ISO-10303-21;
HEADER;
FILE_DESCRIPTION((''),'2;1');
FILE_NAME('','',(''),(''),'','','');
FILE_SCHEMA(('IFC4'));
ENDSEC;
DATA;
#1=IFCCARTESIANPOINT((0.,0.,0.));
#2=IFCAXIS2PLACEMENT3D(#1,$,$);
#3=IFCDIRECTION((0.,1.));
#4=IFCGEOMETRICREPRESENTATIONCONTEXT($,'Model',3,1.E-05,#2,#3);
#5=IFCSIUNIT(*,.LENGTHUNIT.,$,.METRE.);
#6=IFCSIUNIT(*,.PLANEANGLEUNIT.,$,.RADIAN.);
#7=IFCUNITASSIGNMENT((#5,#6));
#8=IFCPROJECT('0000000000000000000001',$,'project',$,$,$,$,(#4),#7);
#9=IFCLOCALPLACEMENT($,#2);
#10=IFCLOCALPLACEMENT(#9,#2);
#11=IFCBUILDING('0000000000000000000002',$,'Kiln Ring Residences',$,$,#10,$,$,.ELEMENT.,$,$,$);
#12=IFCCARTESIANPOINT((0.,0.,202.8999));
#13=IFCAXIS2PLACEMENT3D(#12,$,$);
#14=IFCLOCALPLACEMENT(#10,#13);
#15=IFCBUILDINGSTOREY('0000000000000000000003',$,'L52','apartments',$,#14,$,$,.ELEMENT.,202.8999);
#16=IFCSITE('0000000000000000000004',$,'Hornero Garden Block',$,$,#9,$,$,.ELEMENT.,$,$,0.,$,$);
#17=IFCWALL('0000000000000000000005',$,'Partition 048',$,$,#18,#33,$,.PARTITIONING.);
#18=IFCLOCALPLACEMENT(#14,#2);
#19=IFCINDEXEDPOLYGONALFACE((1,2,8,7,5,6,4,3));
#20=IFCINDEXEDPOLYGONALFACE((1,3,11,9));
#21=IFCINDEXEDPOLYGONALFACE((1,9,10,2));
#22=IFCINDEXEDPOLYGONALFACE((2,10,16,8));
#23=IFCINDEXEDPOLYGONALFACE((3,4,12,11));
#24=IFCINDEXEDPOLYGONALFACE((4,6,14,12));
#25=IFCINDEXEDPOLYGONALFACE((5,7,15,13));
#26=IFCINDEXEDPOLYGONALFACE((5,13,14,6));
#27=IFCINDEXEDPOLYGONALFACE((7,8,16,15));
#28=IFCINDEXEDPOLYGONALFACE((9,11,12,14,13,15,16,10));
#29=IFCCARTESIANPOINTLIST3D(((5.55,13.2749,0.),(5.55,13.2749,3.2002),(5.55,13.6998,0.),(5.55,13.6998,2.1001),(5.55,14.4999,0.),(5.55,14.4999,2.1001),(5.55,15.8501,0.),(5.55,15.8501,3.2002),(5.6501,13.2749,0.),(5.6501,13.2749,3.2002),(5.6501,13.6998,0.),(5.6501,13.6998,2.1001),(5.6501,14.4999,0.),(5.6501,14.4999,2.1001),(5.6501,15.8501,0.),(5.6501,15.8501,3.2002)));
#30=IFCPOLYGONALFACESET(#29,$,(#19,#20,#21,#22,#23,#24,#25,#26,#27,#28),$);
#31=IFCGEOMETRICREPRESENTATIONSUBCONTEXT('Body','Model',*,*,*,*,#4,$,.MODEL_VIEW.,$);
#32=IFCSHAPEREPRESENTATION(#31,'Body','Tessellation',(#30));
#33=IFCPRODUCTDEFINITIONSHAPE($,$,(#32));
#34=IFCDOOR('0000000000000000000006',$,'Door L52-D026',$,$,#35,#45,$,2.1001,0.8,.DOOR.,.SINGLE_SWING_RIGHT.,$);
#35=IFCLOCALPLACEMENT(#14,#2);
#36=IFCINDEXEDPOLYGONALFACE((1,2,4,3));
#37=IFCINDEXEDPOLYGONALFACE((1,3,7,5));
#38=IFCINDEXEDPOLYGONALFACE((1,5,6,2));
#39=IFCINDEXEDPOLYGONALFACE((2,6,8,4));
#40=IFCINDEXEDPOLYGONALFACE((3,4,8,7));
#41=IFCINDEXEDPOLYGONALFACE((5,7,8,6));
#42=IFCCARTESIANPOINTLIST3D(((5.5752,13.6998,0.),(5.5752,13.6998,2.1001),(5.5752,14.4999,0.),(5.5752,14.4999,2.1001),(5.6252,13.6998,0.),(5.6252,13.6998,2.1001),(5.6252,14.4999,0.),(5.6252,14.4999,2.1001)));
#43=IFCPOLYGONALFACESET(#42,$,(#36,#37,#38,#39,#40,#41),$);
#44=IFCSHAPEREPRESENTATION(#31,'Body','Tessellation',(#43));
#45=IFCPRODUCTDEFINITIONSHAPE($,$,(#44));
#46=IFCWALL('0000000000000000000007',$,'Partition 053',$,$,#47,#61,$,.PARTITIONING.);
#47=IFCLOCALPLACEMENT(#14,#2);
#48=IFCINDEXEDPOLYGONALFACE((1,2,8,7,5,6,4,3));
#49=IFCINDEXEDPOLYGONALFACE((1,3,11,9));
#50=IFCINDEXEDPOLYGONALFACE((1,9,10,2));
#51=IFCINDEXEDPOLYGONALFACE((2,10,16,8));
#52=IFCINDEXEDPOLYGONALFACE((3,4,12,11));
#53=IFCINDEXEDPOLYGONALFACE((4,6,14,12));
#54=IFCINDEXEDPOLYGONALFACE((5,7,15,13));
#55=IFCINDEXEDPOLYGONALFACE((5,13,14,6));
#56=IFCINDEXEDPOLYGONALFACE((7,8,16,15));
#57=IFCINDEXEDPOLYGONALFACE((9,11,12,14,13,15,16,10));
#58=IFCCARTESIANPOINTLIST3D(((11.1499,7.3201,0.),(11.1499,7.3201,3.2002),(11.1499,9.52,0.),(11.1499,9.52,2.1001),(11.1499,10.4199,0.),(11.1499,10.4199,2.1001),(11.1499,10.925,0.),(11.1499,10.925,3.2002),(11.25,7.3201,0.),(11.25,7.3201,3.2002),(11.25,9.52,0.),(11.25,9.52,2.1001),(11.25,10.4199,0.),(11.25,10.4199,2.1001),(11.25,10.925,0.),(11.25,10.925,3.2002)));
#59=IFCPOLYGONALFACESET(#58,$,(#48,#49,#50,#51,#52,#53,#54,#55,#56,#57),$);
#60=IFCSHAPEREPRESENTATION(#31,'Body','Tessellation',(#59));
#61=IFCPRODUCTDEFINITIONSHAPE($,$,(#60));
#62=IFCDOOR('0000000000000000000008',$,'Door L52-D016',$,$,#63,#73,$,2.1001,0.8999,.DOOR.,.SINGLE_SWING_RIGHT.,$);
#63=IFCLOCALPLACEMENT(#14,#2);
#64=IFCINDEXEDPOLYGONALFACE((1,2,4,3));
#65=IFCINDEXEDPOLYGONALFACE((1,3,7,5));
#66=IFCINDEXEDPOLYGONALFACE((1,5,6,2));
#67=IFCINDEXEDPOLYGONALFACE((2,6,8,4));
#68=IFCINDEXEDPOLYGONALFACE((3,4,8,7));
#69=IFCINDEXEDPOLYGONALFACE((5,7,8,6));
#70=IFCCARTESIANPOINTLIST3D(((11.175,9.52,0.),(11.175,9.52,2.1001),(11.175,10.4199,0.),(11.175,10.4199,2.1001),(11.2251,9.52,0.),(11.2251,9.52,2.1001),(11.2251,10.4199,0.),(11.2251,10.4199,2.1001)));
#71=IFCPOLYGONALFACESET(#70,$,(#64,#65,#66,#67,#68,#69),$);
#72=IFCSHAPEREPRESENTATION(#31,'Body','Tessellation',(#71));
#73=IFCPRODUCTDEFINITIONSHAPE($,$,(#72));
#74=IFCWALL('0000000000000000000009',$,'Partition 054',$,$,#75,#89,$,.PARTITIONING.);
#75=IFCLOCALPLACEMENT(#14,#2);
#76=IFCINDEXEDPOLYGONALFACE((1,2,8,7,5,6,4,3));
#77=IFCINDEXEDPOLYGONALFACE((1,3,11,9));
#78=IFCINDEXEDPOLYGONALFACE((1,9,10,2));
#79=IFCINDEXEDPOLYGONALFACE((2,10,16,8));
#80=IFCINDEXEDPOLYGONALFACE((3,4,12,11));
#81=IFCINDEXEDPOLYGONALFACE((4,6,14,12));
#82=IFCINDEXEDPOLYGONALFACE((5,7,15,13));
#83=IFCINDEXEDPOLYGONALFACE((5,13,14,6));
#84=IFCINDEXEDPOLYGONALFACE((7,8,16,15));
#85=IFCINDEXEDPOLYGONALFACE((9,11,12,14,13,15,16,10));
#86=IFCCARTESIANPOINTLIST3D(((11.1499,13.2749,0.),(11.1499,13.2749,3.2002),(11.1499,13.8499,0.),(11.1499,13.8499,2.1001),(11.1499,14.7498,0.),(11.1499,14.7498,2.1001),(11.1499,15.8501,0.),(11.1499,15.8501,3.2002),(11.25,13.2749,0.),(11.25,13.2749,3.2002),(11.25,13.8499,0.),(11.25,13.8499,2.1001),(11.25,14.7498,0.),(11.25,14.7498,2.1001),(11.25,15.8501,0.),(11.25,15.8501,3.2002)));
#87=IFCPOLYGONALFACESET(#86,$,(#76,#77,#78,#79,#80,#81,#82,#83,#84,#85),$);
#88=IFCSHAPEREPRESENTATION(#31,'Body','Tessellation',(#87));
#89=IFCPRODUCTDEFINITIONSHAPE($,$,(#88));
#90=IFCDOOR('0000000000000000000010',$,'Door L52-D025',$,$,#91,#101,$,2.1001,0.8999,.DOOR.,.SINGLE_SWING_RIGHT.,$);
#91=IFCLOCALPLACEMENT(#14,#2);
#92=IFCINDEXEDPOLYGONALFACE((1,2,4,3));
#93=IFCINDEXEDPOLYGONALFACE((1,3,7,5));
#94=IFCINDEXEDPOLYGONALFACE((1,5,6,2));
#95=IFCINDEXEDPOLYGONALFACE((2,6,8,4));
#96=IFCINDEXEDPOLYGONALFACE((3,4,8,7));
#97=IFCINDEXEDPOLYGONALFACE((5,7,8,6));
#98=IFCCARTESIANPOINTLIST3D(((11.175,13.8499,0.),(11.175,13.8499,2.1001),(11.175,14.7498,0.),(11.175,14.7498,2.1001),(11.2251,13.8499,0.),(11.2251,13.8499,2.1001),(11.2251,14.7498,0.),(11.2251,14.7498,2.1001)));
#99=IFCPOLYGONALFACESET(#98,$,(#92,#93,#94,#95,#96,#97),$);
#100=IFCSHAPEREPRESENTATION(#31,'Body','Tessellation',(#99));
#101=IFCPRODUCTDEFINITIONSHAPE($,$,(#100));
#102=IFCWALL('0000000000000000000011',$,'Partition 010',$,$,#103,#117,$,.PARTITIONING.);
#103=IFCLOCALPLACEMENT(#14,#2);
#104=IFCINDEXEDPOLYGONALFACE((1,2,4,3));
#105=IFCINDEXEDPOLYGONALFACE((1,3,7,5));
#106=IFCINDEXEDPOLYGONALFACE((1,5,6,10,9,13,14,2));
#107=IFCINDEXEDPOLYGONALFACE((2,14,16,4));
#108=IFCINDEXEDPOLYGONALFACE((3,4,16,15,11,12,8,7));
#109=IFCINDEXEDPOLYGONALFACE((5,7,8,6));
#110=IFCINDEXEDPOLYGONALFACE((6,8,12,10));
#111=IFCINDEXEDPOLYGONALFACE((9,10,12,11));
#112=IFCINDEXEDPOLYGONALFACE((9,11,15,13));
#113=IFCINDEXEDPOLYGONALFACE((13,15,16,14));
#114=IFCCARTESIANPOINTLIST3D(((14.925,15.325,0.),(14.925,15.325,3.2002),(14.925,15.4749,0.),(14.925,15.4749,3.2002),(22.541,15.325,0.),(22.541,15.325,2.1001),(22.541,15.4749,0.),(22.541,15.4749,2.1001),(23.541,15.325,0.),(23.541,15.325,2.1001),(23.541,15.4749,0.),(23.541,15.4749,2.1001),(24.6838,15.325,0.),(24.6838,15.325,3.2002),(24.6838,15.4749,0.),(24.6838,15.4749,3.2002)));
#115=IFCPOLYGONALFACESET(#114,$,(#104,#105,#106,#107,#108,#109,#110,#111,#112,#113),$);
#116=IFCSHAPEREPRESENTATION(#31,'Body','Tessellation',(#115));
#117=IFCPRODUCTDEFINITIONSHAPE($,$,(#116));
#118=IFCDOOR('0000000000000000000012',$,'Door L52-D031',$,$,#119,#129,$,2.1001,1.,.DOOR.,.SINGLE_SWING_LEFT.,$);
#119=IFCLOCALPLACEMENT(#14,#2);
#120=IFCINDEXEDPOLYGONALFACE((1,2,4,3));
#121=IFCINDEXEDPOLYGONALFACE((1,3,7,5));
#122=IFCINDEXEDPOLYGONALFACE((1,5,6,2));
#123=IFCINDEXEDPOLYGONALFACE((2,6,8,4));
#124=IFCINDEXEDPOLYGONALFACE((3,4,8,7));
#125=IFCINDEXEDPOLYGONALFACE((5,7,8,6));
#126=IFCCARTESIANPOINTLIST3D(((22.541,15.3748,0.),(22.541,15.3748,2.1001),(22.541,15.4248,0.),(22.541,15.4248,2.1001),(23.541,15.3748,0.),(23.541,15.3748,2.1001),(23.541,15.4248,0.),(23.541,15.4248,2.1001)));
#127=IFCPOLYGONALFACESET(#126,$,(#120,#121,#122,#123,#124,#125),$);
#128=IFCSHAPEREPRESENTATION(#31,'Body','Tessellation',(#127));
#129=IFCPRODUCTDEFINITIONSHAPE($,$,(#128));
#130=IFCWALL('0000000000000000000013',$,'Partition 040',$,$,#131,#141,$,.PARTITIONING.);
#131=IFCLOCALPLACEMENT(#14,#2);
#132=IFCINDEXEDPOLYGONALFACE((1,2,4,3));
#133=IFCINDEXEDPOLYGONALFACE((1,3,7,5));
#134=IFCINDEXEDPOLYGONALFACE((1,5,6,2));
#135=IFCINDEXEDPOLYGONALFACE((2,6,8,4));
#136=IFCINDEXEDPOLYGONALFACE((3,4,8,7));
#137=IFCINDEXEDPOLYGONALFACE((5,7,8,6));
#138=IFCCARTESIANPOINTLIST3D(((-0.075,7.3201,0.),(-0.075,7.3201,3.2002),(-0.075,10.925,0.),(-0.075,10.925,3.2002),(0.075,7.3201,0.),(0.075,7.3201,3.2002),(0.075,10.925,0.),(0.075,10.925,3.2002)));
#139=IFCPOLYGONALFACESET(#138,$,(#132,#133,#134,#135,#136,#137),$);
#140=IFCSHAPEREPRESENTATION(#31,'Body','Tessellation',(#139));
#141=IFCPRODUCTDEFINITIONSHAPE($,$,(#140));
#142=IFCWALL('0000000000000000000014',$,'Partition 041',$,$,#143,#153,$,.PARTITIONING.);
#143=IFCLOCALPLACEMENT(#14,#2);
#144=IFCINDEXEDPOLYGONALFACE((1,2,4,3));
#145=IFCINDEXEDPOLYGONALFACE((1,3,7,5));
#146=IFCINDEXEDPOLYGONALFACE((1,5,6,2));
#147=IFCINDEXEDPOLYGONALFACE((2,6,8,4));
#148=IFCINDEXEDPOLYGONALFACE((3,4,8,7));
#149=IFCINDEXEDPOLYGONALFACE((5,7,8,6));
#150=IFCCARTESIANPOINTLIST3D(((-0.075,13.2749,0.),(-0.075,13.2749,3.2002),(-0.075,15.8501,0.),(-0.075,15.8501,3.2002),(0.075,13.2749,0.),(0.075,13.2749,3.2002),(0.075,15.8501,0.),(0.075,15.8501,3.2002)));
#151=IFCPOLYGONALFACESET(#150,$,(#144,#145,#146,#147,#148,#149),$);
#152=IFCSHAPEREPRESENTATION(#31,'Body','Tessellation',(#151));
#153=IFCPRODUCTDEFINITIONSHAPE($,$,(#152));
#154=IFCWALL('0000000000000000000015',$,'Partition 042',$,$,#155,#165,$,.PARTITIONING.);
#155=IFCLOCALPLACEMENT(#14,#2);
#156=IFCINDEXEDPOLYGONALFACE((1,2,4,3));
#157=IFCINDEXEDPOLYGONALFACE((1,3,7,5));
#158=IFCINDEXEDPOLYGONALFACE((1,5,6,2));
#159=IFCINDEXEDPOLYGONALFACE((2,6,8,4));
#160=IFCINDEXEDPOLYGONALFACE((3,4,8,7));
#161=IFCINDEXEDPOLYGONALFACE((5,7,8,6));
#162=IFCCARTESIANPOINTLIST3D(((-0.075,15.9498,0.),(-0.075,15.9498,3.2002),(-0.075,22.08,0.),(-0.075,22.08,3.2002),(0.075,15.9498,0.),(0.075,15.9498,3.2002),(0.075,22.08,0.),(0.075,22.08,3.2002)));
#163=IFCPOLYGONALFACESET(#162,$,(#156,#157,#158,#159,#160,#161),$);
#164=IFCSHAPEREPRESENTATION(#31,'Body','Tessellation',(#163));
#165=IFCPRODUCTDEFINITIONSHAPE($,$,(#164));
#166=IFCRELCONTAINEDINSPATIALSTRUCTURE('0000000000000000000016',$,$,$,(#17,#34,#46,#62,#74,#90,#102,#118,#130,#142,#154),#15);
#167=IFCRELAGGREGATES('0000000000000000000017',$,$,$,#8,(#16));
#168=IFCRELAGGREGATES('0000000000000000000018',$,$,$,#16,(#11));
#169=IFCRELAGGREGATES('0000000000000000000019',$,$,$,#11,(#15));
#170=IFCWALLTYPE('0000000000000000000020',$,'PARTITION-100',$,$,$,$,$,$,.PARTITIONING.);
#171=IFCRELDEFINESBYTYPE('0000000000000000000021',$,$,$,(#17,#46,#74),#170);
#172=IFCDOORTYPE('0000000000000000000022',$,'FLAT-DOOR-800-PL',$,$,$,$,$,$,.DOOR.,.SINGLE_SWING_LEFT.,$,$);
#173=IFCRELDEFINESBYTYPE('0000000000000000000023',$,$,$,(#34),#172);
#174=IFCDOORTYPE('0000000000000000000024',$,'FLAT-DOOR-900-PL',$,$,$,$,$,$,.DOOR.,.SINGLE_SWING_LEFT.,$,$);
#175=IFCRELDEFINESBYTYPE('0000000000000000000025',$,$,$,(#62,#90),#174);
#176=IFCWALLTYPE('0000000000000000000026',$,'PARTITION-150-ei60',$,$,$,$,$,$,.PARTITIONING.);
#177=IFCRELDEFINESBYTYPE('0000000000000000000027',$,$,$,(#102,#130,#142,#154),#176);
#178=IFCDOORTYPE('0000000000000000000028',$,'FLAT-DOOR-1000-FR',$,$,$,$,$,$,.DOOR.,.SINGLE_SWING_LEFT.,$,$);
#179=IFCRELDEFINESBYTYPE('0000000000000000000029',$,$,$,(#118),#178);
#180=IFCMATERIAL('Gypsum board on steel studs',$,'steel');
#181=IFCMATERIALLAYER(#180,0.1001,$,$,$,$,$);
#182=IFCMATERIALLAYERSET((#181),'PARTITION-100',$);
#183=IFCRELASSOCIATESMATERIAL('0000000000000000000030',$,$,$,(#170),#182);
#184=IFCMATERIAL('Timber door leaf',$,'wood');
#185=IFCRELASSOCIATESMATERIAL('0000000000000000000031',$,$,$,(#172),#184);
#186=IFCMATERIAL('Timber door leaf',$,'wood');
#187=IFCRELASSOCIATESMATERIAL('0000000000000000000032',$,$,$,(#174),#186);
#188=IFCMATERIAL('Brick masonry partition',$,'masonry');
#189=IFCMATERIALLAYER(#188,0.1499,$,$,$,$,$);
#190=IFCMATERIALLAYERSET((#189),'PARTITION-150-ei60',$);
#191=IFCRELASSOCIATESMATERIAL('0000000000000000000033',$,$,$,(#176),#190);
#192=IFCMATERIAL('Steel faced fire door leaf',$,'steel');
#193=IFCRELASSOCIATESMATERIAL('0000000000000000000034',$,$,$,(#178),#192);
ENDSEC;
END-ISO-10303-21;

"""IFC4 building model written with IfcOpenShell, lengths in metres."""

from ifc_helpers import new_model, si_unit, direction, frame, frame_2d, origin, place, context, subcontext, project, spatial, rectangle, extrude, material, layer, layer_set, type_object, element, fill, save


model = new_model("IFC4")

# Units and contexts
model_context = context("Model", 3, precision=1e-05, world=origin(), true_north=direction((0.0, 1.0)))
body_context = subcontext(model_context, "Body", "Model", "MODEL_VIEW")
ifc_project = project(units=[si_unit("LENGTHUNIT", "METRE"), si_unit("PLANEANGLEUNIT", "RADIAN")], contexts=[model_context])

# Site, building, storey
site_placement = place(None, origin())
site = spatial("IfcSite", under=ifc_project, at=site_placement, Name="Hornero Garden Block", CompositionType="ELEMENT", RefElevation=0.0)
building_placement = place(site_placement, origin())
building = spatial("IfcBuilding", under=site, at=building_placement, Name="Kiln Ring Residences", CompositionType="ELEMENT")
storey_placement = place(building_placement, frame((0.0, 0.0, 202.8999)))
storey = spatial("IfcBuildingStorey", under=building, at=storey_placement, Name="L52", Description="apartments", CompositionType="ELEMENT", Elevation=202.8999)

# Walls, openings, doors
ifc_material_1 = material(Name="Gypsum board on steel studs", Category="steel")
ifc_layer_1 = layer(ifc_material_1, 0.1001)
ifc_layer_set_1 = layer_set([ifc_layer_1], Name="PARTITION-100")
wall_type_1 = type_object("IfcWallType", Name="PARTITION-100", PredefinedType="PARTITIONING", material=ifc_layer_set_1)
ifc_material_2 = material(Name="Timber door leaf", Category="wood")
door_type_1 = type_object("IfcDoorType", Name="FLAT-DOOR-800-PL", OperationType="SINGLE_SWING_LEFT", PredefinedType="DOOR", material=ifc_material_2)
ifc_material_3 = material(Name="Timber door leaf", Category="wood")
door_type_2 = type_object("IfcDoorType", Name="FLAT-DOOR-900-PL", OperationType="SINGLE_SWING_LEFT", PredefinedType="DOOR", material=ifc_material_3)
wall_1_placement = place(storey_placement, frame((5.6001, 13.2749, 0.0), z_axis=(0.0, 0.0, 1.0), x_axis=(0.0, 1.0, 0.0)))
wall_1 = element("IfcWall", 1, at=wall_1_placement, inside=storey, type_object=wall_type_1, Name="Partition 048", PredefinedType="PARTITIONING", context=body_context, shape_type="SweptSolid", body=[
    extrude(rectangle(XDim=2.5752, YDim=0.1001, at=frame_2d((1.2876, 0.0))), origin(), (0.0, 0.0, 1.0), 3.2002),
])
opening_1_placement = place(wall_1_placement, frame((0.425, 0.0, 0.0)))
opening_1 = element("IfcOpeningElement", 2, at=opening_1_placement, cuts=wall_1, PredefinedType="OPENING", context=body_context, shape_type="SweptSolid", body=[
    extrude(rectangle(XDim=0.8, YDim=2.1001, at=frame_2d((0.3999, 1.05))), frame((0.0, 0.0601, 0.0), z_axis=(0.0, -1.0, 0.0), x_axis=(1.0, 0.0, 0.0)), (0.0, 0.0, 1.0), 0.1201),
])
door_1_placement = place(opening_1_placement, origin())
door_1 = element("IfcDoor", 3, at=door_1_placement, inside=storey, type_object=door_type_1, Name="Door L52-D026", OperationType="SINGLE_SWING_RIGHT", OverallHeight=2.1001, OverallWidth=0.8, PredefinedType="DOOR", context=body_context, shape_type="SweptSolid", body=[
    extrude(rectangle(XDim=0.8, YDim=2.1001, at=frame_2d((0.3999, 1.05))), frame((0.0, 0.0249, 0.0), z_axis=(0.0, -1.0, 0.0), x_axis=(1.0, 0.0, 0.0)), (0.0, 0.0, 1.0), 0.05),
])
fill(opening_1, door_1)
wall_2_placement = place(storey_placement, frame((11.2, 7.3201, 0.0), z_axis=(0.0, 0.0, 1.0), x_axis=(0.0, 1.0, 0.0)))
wall_2 = element("IfcWall", 4, at=wall_2_placement, inside=storey, type_object=wall_type_1, Name="Partition 053", PredefinedType="PARTITIONING", context=body_context, shape_type="SweptSolid", body=[
    extrude(rectangle(XDim=3.605, YDim=0.1001, at=frame_2d((1.8025, 0.0))), origin(), (0.0, 0.0, 1.0), 3.2002),
])
opening_2_placement = place(wall_2_placement, frame((2.2, 0.0, 0.0)))
opening_2 = element("IfcOpeningElement", 5, at=opening_2_placement, cuts=wall_2, PredefinedType="OPENING", context=body_context, shape_type="SweptSolid", body=[
    extrude(rectangle(XDim=0.8999, YDim=2.1001, at=frame_2d((0.45, 1.05))), frame((0.0, 0.0601, 0.0), z_axis=(0.0, -1.0, 0.0), x_axis=(1.0, 0.0, 0.0)), (0.0, 0.0, 1.0), 0.1201),
])
door_2_placement = place(opening_2_placement, origin())
door_2 = element("IfcDoor", 6, at=door_2_placement, inside=storey, type_object=door_type_2, Name="Door L52-D016", OperationType="SINGLE_SWING_RIGHT", OverallHeight=2.1001, OverallWidth=0.8999, PredefinedType="DOOR", context=body_context, shape_type="SweptSolid", body=[
    extrude(rectangle(XDim=0.8999, YDim=2.1001, at=frame_2d((0.45, 1.05))), frame((0.0, 0.0249, 0.0), z_axis=(0.0, -1.0, 0.0), x_axis=(1.0, 0.0, 0.0)), (0.0, 0.0, 1.0), 0.05),
])
fill(opening_2, door_2)
wall_3_placement = place(storey_placement, frame((11.2, 13.2749, 0.0), z_axis=(0.0, 0.0, 1.0), x_axis=(0.0, 1.0, 0.0)))
wall_3 = element("IfcWall", 7, at=wall_3_placement, inside=storey, type_object=wall_type_1, Name="Partition 054", PredefinedType="PARTITIONING", context=body_context, shape_type="SweptSolid", body=[
    extrude(rectangle(XDim=2.5752, YDim=0.1001, at=frame_2d((1.2876, 0.0))), origin(), (0.0, 0.0, 1.0), 3.2002),
])
opening_3_placement = place(wall_3_placement, frame((0.575, 0.0, 0.0)))
opening_3 = element("IfcOpeningElement", 8, at=opening_3_placement, cuts=wall_3, PredefinedType="OPENING", context=body_context, shape_type="SweptSolid", body=[
    extrude(rectangle(XDim=0.8999, YDim=2.1001, at=frame_2d((0.45, 1.05))), frame((0.0, 0.0601, 0.0), z_axis=(0.0, -1.0, 0.0), x_axis=(1.0, 0.0, 0.0)), (0.0, 0.0, 1.0), 0.1201),
])
door_3_placement = place(opening_3_placement, origin())
door_3 = element("IfcDoor", 9, at=door_3_placement, inside=storey, type_object=door_type_2, Name="Door L52-D025", OperationType="SINGLE_SWING_RIGHT", OverallHeight=2.1001, OverallWidth=0.8999, PredefinedType="DOOR", context=body_context, shape_type="SweptSolid", body=[
    extrude(rectangle(XDim=0.8999, YDim=2.1001, at=frame_2d((0.45, 1.05))), frame((0.0, 0.0249, 0.0), z_axis=(0.0, -1.0, 0.0), x_axis=(1.0, 0.0, 0.0)), (0.0, 0.0, 1.0), 0.05),
])
fill(opening_3, door_3)
ifc_material_4 = material(Name="Brick masonry partition", Category="masonry")
ifc_layer_2 = layer(ifc_material_4, 0.1499)
ifc_layer_set_2 = layer_set([ifc_layer_2], Name="PARTITION-150-ei60")
wall_type_2 = type_object("IfcWallType", Name="PARTITION-150-ei60", PredefinedType="PARTITIONING", material=ifc_layer_set_2)
wall_4_placement = place(storey_placement, frame((14.925, 15.3999, 0.0), z_axis=(0.0, 0.0, 1.0), x_axis=(1.0, 0.0, 0.0)))
wall_4 = element("IfcWall", 10, at=wall_4_placement, inside=storey, type_object=wall_type_2, Name="Partition 010", PredefinedType="PARTITIONING", context=body_context, shape_type="SweptSolid", body=[
    extrude(rectangle(XDim=9.7588, YDim=0.1499, at=frame_2d((4.8794, 0.0))), origin(), (0.0, 0.0, 1.0), 3.2002),
])
opening_4_placement = place(wall_4_placement, frame((7.616, 0.0, 0.0)))
opening_4 = element("IfcOpeningElement", 11, at=opening_4_placement, cuts=wall_4, PredefinedType="OPENING", context=body_context, shape_type="SweptSolid", body=[
    extrude(rectangle(XDim=1.0, YDim=2.1001, at=frame_2d((0.5, 1.05))), frame((0.0, 0.085, 0.0), z_axis=(0.0, -1.0, 0.0), x_axis=(1.0, 0.0, 0.0)), (0.0, 0.0, 1.0), 0.1699),
])
ifc_material_5 = material(Name="Steel faced fire door leaf", Category="steel")
door_type_3 = type_object("IfcDoorType", Name="FLAT-DOOR-1000-FR", OperationType="SINGLE_SWING_LEFT", PredefinedType="DOOR", material=ifc_material_5)
door_4_placement = place(opening_4_placement, origin())
door_4 = element("IfcDoor", 12, at=door_4_placement, inside=storey, type_object=door_type_3, Name="Door L52-D031", OperationType="SINGLE_SWING_LEFT", OverallHeight=2.1001, OverallWidth=1.0, PredefinedType="DOOR", context=body_context, shape_type="SweptSolid", body=[
    extrude(rectangle(XDim=1.0, YDim=2.1001, at=frame_2d((0.5, 1.05))), frame((0.0, 0.0249, 0.0), z_axis=(0.0, -1.0, 0.0), x_axis=(1.0, 0.0, 0.0)), (0.0, 0.0, 1.0), 0.05),
])
fill(opening_4, door_4)

# Walls
wall_5_placement = place(storey_placement, frame((0.0, 7.3201, 0.0), z_axis=(0.0, 0.0, 1.0), x_axis=(0.0, 1.0, 0.0)))
element("IfcWall", 13, at=wall_5_placement, inside=storey, type_object=wall_type_2, Name="Partition 040", PredefinedType="PARTITIONING", context=body_context, shape_type="SweptSolid", body=[
    extrude(rectangle(XDim=3.605, YDim=0.1499, at=frame_2d((1.8025, 0.0))), origin(), (0.0, 0.0, 1.0), 3.2002),
])
wall_6_placement = place(storey_placement, frame((0.0, 13.2749, 0.0), z_axis=(0.0, 0.0, 1.0), x_axis=(0.0, 1.0, 0.0)))
element("IfcWall", 14, at=wall_6_placement, inside=storey, type_object=wall_type_2, Name="Partition 041", PredefinedType="PARTITIONING", context=body_context, shape_type="SweptSolid", body=[
    extrude(rectangle(XDim=2.5752, YDim=0.1499, at=frame_2d((1.2876, 0.0))), origin(), (0.0, 0.0, 1.0), 3.2002),
])
wall_7_placement = place(storey_placement, frame((0.0, 15.95, 0.0), z_axis=(0.0, 0.0, 1.0), x_axis=(0.0, 1.0, 0.0)))
element("IfcWall", 15, at=wall_7_placement, inside=storey, type_object=wall_type_2, Name="Partition 042", PredefinedType="PARTITIONING", context=body_context, shape_type="SweptSolid", body=[
    extrude(rectangle(XDim=6.1301, YDim=0.1499, at=frame_2d((3.0649, 0.0))), origin(), (0.0, 0.0, 1.0), 3.2002),
])

save(model, "model.ifc")
